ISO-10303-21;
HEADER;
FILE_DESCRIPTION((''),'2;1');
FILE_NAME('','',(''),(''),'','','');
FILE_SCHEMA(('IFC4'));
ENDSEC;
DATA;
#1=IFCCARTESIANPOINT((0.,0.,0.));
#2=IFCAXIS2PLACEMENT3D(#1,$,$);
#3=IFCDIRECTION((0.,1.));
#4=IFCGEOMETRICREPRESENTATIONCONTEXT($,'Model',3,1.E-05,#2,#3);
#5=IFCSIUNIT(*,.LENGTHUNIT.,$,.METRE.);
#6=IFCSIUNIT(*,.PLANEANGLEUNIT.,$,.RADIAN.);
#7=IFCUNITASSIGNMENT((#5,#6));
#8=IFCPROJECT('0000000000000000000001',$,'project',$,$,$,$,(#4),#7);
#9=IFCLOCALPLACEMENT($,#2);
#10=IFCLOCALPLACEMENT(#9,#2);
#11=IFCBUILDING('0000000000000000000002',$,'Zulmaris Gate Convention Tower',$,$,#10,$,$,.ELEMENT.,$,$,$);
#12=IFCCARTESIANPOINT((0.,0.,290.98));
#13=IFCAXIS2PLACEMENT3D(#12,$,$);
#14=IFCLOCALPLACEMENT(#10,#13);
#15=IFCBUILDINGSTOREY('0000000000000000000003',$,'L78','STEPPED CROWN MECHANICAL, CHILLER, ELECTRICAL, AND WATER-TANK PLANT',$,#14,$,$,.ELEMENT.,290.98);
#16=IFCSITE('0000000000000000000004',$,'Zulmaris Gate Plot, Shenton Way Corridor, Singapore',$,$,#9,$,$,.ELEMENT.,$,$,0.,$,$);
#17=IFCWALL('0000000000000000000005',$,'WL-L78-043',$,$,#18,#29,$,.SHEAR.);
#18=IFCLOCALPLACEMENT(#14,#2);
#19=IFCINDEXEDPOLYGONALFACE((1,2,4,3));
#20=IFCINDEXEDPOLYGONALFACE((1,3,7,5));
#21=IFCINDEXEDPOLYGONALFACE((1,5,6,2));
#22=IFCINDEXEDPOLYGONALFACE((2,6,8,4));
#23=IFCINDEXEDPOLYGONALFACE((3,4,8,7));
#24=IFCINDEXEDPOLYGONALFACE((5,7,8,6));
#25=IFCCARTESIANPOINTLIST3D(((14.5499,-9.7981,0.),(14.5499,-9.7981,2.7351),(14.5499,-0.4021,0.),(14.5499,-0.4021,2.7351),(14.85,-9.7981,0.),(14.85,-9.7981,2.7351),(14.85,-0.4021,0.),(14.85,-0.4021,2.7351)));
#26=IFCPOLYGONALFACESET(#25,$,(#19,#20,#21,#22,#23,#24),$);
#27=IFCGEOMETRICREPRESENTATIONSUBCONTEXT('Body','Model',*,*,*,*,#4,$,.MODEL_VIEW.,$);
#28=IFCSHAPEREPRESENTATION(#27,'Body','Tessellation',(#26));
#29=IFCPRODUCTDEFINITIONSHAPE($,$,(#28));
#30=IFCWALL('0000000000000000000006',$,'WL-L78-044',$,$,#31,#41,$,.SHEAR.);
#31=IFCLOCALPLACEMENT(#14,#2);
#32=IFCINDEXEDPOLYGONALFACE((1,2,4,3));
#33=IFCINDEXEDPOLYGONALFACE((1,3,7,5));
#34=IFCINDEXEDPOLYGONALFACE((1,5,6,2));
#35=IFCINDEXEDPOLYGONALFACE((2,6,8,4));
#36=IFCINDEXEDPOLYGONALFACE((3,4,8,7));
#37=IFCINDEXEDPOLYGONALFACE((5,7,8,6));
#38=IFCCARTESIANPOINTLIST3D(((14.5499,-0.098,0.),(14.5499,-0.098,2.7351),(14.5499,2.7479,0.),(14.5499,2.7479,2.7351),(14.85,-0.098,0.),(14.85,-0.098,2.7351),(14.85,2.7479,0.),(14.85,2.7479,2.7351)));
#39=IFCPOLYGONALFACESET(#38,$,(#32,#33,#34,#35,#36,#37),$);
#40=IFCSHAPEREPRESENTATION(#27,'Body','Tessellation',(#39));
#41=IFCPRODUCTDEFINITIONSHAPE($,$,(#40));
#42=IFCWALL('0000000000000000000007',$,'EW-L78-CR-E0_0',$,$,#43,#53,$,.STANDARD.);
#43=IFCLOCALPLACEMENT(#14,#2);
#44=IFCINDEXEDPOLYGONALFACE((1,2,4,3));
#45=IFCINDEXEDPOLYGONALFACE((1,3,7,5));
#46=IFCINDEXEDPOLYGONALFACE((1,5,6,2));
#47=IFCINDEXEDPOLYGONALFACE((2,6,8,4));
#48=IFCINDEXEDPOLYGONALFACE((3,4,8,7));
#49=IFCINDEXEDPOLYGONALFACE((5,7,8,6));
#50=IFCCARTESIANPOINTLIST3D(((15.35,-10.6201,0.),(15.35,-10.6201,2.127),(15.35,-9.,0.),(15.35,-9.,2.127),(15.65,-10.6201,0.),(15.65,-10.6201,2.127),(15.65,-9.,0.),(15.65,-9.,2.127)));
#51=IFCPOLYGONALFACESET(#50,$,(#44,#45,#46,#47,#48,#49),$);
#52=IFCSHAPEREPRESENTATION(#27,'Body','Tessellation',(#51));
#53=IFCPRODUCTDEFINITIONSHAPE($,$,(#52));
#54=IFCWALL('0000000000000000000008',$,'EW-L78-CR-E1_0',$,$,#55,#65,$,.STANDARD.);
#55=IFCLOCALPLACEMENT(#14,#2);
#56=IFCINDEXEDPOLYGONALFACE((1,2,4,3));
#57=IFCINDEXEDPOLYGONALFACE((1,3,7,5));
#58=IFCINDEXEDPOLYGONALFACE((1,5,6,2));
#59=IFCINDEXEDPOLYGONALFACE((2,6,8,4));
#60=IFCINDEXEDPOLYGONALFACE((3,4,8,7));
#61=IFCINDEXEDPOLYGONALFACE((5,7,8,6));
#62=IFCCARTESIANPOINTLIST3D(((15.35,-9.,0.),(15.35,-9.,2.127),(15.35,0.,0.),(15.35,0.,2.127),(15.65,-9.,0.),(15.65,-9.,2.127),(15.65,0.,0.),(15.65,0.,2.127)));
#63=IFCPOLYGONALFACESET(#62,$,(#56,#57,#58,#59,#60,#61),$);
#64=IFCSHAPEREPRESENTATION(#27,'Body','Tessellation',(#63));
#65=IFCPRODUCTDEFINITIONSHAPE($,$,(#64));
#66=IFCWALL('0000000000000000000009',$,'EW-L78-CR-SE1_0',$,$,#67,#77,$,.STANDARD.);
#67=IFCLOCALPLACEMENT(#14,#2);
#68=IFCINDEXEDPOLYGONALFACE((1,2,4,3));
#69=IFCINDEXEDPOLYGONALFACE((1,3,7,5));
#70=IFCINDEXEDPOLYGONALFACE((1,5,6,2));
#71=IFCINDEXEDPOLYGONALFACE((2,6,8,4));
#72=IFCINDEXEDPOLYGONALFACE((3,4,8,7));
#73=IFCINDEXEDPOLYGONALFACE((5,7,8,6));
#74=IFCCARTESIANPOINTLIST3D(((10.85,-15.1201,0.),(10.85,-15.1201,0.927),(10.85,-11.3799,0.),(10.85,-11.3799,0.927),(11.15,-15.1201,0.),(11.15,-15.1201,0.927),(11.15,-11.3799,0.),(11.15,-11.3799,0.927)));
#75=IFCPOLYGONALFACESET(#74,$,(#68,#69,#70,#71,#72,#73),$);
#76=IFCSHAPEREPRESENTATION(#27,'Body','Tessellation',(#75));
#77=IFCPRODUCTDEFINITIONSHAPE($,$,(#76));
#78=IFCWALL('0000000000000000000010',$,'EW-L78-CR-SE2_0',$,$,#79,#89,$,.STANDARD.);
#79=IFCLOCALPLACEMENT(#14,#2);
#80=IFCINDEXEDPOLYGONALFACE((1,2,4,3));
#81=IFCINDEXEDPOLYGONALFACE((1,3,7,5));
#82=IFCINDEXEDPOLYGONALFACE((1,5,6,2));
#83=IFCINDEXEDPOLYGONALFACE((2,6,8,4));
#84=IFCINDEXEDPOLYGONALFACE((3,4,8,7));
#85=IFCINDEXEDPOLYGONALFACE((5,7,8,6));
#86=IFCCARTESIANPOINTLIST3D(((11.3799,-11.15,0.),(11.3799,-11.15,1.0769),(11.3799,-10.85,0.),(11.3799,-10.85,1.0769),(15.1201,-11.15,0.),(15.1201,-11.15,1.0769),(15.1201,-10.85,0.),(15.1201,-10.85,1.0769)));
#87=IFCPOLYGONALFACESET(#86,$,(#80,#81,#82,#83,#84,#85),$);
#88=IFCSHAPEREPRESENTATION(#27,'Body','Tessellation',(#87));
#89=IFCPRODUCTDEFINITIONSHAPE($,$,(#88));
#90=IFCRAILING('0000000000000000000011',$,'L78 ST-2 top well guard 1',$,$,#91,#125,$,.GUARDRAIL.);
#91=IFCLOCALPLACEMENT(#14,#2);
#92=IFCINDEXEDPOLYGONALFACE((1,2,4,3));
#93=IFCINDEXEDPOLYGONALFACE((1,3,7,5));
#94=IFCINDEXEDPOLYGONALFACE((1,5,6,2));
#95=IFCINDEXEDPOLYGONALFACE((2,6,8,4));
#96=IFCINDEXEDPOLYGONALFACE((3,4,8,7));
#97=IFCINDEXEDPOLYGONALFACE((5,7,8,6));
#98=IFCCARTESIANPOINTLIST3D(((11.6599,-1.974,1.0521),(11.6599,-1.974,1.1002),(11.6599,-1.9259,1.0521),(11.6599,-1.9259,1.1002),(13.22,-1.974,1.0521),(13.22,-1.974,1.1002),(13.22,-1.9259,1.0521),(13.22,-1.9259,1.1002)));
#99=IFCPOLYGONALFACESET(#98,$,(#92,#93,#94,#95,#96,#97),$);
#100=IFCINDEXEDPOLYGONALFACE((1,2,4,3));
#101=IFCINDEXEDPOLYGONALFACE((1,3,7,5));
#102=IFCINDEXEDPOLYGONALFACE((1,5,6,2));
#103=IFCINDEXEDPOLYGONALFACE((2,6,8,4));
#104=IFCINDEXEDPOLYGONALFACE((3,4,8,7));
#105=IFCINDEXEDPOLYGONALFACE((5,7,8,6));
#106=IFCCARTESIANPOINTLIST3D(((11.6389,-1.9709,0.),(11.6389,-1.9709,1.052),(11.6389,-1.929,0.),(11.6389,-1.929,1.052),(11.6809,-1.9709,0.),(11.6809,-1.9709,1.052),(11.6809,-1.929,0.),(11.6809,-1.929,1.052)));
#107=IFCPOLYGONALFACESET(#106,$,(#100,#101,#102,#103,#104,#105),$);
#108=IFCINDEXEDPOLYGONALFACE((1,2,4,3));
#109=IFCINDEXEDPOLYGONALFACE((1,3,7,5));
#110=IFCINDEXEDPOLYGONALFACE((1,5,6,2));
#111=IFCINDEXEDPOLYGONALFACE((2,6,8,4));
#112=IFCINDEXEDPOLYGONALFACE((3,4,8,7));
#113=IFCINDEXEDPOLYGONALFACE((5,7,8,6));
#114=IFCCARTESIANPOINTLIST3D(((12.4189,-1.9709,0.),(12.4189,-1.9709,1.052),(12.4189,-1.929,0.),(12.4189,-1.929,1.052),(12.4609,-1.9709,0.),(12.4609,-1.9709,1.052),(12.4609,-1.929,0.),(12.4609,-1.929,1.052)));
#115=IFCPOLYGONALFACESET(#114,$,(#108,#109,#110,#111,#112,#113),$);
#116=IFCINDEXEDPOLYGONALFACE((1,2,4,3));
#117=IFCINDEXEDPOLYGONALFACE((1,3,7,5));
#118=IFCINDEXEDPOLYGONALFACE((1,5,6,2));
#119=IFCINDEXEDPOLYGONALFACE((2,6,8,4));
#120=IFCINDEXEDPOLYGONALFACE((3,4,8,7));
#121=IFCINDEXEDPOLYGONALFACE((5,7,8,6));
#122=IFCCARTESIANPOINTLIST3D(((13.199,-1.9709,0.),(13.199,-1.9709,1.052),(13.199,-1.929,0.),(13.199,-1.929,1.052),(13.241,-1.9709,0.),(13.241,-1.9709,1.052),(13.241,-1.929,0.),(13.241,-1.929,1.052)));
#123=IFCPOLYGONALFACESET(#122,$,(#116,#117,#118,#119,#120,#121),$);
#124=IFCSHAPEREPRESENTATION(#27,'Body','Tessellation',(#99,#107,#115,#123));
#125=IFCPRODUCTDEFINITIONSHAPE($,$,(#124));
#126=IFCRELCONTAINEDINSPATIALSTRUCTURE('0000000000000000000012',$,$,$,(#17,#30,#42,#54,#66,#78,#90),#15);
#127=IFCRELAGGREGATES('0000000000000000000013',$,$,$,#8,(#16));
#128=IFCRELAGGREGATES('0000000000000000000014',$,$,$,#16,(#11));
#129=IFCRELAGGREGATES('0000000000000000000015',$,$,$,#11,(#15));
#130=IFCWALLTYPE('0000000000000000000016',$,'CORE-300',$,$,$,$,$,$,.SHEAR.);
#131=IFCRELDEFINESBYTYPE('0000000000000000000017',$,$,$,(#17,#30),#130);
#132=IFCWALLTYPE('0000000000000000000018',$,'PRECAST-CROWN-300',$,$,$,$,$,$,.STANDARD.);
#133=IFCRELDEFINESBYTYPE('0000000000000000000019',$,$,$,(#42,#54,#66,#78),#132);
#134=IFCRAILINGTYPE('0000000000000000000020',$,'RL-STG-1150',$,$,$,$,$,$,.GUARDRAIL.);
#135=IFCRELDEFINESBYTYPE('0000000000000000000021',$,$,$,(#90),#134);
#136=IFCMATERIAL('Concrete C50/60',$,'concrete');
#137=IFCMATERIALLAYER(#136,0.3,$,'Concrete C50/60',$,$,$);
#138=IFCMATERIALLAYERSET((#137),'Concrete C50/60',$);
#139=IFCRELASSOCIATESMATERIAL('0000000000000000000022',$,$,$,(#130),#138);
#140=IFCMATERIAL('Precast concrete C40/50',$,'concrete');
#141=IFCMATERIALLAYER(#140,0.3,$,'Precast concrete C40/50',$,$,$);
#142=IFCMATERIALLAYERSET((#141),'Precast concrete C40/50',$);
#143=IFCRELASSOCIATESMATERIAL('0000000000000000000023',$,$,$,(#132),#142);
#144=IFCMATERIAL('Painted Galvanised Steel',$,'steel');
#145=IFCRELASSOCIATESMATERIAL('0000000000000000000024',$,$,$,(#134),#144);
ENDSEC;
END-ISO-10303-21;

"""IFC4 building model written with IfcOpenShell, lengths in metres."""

from ifc_helpers import new_model, si_unit, direction, frame, frame_2d, origin, origin_2d, place, context, subcontext, project, spatial, rectangle, extrude, material, layer, layer_set, type_object, element, save


model = new_model("IFC4")

# Units and contexts
model_context = context("Model", 3, precision=1e-05, world=origin(), true_north=direction((0.0, 1.0)))
body_context = subcontext(model_context, "Body", "Model", "MODEL_VIEW")
ifc_project = project(units=[si_unit("LENGTHUNIT", "METRE"), si_unit("PLANEANGLEUNIT", "RADIAN")], contexts=[model_context])

# Site, building, storey
site_placement = place(None, origin())
site = spatial("IfcSite", under=ifc_project, at=site_placement, Name="Zulmaris Gate Plot, Shenton Way Corridor, Singapore", CompositionType="ELEMENT", RefElevation=0.0)
building_placement = place(site_placement, origin())
building = spatial("IfcBuilding", under=site, at=building_placement, Name="Zulmaris Gate Convention Tower", CompositionType="ELEMENT")
storey_placement = place(building_placement, frame((0.0, 0.0, 290.98)))
storey = spatial("IfcBuildingStorey", under=building, at=storey_placement, Name="L78", Description="STEPPED CROWN MECHANICAL, CHILLER, ELECTRICAL, AND WATER-TANK PLANT", CompositionType="ELEMENT", Elevation=290.98)

# Shared definitions
ifc_material_1 = material(Name="Concrete C50/60", Category="concrete")

# Shared definitions
ifc_layer_1 = layer(ifc_material_1, 0.3, Name="Concrete C50/60")
ifc_layer_set_1 = layer_set([ifc_layer_1], Name="Concrete C50/60")
wall_type_1 = type_object("IfcWallType", Name="CORE-300", PredefinedType="SHEAR", material=ifc_layer_set_1)

# Walls
wall_1_placement = place(storey_placement, frame((14.7, -9.7981, 0.0), z_axis=(0.0, 0.0, 1.0), x_axis=(0.0, 1.0, 0.0)))
element("IfcWall", 1, at=wall_1_placement, inside=storey, type_object=wall_type_1, Name="WL-L78-043", PredefinedType="SHEAR", context=body_context, shape_type="SweptSolid", body=[
    extrude(rectangle(XDim=9.396, YDim=0.3, at=frame_2d((4.698, 0.0))), origin(), (0.0, 0.0, 1.0), 2.7351),
])
wall_2_placement = place(storey_placement, frame((14.7, -0.0979, 0.0), z_axis=(0.0, 0.0, 1.0), x_axis=(0.0, 1.0, 0.0)))
element("IfcWall", 2, at=wall_2_placement, inside=storey, type_object=wall_type_1, Name="WL-L78-044", PredefinedType="SHEAR", context=body_context, shape_type="SweptSolid", body=[
    extrude(rectangle(XDim=2.8459, YDim=0.3, at=frame_2d((1.4229, 0.0))), origin(), (0.0, 0.0, 1.0), 2.7351),
])
ifc_material_2 = material(Name="Precast concrete C40/50", Category="concrete")
ifc_layer_2 = layer(ifc_material_2, 0.3, Name="Precast concrete C40/50")
ifc_layer_set_2 = layer_set([ifc_layer_2], Name="Precast concrete C40/50")
wall_type_2 = type_object("IfcWallType", Name="PRECAST-CROWN-300", PredefinedType="STANDARD", material=ifc_layer_set_2)
wall_3_placement = place(storey_placement, frame((15.5, -10.6201, 0.0), z_axis=(0.0, 0.0, 1.0), x_axis=(0.0, 1.0, 0.0)))
element("IfcWall", 3, at=wall_3_placement, inside=storey, type_object=wall_type_2, Name="EW-L78-CR-E0_0", PredefinedType="STANDARD", context=body_context, shape_type="SweptSolid", body=[
    extrude(rectangle(XDim=1.6201, YDim=0.3, at=frame_2d((0.8101, 0.0))), origin(), (0.0, 0.0, 1.0), 2.127),
])
wall_4_placement = place(storey_placement, frame((15.5, -9.0, 0.0), z_axis=(0.0, 0.0, 1.0), x_axis=(0.0, 1.0, 0.0)))
element("IfcWall", 4, at=wall_4_placement, inside=storey, type_object=wall_type_2, Name="EW-L78-CR-E1_0", PredefinedType="STANDARD", context=body_context, shape_type="SweptSolid", body=[
    extrude(rectangle(XDim=9.0, YDim=0.3, at=frame_2d((4.5, 0.0))), origin(), (0.0, 0.0, 1.0), 2.127),
])
wall_5_placement = place(storey_placement, frame((11.0, -15.1201, 0.0), z_axis=(0.0, 0.0, 1.0), x_axis=(0.0, 1.0, 0.0)))
element("IfcWall", 5, at=wall_5_placement, inside=storey, type_object=wall_type_2, Name="EW-L78-CR-SE1_0", PredefinedType="STANDARD", context=body_context, shape_type="SweptSolid", body=[
    extrude(rectangle(XDim=3.7402, YDim=0.3, at=frame_2d((1.8701, 0.0))), origin(), (0.0, 0.0, 1.0), 0.927),
])
wall_6_placement = place(storey_placement, frame((11.3799, -11.0, 0.0), z_axis=(0.0, 0.0, 1.0), x_axis=(1.0, 0.0, 0.0)))
element("IfcWall", 6, at=wall_6_placement, inside=storey, type_object=wall_type_2, Name="EW-L78-CR-SE2_0", PredefinedType="STANDARD", context=body_context, shape_type="SweptSolid", body=[
    extrude(rectangle(XDim=3.7402, YDim=0.3, at=frame_2d((1.8701, 0.0))), origin(), (0.0, 0.0, 1.0), 1.0769),
])

# Railing
ifc_material_3 = material(Name="Painted Galvanised Steel", Category="steel")
railing_type = type_object("IfcRailingType", Name="RL-STG-1150", PredefinedType="GUARDRAIL", material=ifc_material_3)
railing_placement = place(storey_placement, frame((11.6599, -1.95, 0.0)))
element("IfcRailing", 7, at=railing_placement, inside=storey, type_object=railing_type, Name="L78 ST-2 top well guard 1", PredefinedType="GUARDRAIL", context=body_context, shape_type="SweptSolid", body=[
    extrude(rectangle(XDim=0.0481, YDim=0.0481, at=origin_2d()), frame((0.0, 0.0, 1.0762), z_axis=(1.0, 0.0, 0.0), x_axis=(0.0, 1.0, 0.0)), (0.0, 0.0, 1.0), 1.5601),
    extrude(rectangle(XDim=0.042, YDim=0.042, at=origin_2d()), origin(), (0.0, 0.0, 1.0), 1.052),
    extrude(rectangle(XDim=0.042, YDim=0.042, at=origin_2d()), frame((0.78, 0.0, 0.0)), (0.0, 0.0, 1.0), 1.052),
    extrude(rectangle(XDim=0.042, YDim=0.042, at=origin_2d()), frame((1.5601, 0.0, 0.0)), (0.0, 0.0, 1.0), 1.052),
])

save(model, "model.ifc")
